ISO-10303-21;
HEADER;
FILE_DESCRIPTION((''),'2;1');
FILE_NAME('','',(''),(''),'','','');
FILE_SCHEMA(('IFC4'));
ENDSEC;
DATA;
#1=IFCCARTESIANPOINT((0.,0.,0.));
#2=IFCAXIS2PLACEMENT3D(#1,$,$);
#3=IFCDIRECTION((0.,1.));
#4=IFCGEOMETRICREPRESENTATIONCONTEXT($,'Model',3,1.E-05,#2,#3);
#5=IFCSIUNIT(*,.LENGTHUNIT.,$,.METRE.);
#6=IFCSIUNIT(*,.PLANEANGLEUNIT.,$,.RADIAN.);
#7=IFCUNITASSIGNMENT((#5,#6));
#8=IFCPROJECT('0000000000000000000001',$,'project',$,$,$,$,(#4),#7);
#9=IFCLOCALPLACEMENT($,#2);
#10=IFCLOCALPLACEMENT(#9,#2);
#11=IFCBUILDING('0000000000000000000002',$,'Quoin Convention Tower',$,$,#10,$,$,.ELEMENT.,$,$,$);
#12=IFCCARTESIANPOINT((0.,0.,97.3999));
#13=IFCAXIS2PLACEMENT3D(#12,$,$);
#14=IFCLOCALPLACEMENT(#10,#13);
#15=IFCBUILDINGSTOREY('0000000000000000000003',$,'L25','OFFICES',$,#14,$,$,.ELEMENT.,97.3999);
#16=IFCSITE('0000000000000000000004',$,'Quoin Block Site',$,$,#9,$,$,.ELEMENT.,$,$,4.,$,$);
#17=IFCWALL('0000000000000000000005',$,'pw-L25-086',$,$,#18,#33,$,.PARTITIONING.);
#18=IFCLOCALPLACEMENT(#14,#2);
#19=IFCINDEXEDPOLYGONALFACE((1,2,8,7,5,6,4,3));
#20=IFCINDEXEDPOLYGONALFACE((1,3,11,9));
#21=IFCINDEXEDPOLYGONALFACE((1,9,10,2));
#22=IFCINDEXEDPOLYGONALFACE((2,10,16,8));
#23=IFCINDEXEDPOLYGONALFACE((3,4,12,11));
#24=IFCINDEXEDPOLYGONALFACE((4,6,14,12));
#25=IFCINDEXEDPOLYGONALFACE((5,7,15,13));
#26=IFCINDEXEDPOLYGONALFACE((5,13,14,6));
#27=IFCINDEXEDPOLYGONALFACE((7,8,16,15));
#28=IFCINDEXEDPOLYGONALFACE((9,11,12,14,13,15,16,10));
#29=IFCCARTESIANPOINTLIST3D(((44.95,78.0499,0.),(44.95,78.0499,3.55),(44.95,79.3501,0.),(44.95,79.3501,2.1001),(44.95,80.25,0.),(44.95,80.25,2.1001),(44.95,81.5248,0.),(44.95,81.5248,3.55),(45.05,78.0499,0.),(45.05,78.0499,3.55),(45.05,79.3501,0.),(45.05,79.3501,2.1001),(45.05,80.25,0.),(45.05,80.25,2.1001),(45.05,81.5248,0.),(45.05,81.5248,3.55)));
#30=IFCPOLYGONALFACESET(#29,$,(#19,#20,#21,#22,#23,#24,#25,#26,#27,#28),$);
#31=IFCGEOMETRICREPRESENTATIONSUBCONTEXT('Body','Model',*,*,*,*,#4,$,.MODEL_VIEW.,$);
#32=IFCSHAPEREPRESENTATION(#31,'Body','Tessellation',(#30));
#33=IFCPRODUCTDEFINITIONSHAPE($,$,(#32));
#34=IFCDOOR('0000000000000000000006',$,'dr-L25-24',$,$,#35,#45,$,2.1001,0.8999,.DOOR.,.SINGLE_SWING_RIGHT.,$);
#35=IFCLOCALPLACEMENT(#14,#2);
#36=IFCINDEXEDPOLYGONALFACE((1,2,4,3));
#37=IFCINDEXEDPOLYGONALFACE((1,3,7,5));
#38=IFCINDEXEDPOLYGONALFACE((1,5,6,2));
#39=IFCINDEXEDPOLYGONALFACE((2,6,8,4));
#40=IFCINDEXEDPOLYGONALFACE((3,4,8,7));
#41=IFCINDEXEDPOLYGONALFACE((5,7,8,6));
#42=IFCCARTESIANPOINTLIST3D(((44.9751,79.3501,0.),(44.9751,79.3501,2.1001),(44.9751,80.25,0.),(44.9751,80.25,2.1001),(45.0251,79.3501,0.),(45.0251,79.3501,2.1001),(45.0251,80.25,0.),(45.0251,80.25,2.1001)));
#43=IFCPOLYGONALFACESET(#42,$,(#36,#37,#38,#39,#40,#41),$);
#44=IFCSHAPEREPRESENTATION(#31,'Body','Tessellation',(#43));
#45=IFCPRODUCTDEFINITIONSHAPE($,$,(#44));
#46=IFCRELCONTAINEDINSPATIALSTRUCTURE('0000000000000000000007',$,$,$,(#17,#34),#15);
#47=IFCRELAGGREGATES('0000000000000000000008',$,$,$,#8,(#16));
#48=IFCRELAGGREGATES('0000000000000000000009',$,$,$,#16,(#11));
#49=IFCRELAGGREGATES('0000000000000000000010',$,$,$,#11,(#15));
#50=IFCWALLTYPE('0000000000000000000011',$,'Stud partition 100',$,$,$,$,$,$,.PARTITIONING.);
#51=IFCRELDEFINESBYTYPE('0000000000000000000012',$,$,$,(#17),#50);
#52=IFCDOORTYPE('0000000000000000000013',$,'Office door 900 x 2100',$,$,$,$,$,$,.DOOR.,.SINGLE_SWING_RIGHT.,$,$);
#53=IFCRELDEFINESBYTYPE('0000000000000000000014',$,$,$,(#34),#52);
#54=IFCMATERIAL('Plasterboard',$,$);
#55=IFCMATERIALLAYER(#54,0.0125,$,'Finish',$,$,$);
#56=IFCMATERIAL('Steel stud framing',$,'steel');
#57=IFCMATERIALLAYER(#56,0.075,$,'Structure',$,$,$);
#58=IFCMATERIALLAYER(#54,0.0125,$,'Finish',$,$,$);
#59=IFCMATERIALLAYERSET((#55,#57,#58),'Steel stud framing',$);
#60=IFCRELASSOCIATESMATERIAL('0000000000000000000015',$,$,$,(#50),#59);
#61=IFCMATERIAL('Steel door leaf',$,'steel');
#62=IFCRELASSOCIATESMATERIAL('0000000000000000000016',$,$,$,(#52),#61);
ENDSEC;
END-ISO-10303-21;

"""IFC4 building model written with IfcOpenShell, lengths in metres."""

from ifc_helpers import new_model, si_unit, direction, frame, frame_2d, origin, place, context, subcontext, project, spatial, rectangle, extrude, material, layer, layer_set, type_object, element, fill, save


model = new_model("IFC4")

# Units and contexts
model_context = context("Model", 3, precision=1e-05, world=origin(), true_north=direction((0.0, 1.0)))
body_context = subcontext(model_context, "Body", "Model", "MODEL_VIEW")
ifc_project = project(units=[si_unit("LENGTHUNIT", "METRE"), si_unit("PLANEANGLEUNIT", "RADIAN")], contexts=[model_context])

# Site, building, storey
site_placement = place(None, origin())
site = spatial("IfcSite", under=ifc_project, at=site_placement, Name="Quoin Block Site", CompositionType="ELEMENT", RefElevation=4.0)
building_placement = place(site_placement, origin())
building = spatial("IfcBuilding", under=site, at=building_placement, Name="Quoin Convention Tower", CompositionType="ELEMENT")
storey_placement = place(building_placement, frame((0.0, 0.0, 97.3999)))
storey = spatial("IfcBuildingStorey", under=building, at=storey_placement, Name="L25", Description="OFFICES", CompositionType="ELEMENT", Elevation=97.3999)

# Shared definitions
ifc_material_1 = material(Name="Plasterboard")
ifc_material_2 = material(Name="Steel stud framing", Category="steel")
ifc_material_3 = material(Name="Steel door leaf", Category="steel")

# Shared definitions
ifc_layer_1 = layer(ifc_material_1, 0.0125, Name="Finish")
ifc_layer_2 = layer(ifc_material_2, 0.075, Name="Structure")
ifc_layer_3 = layer(ifc_material_1, 0.0125, Name="Finish")
ifc_layer_set_1 = layer_set([ifc_layer_1, ifc_layer_2, ifc_layer_3], Name="Steel stud framing")
wall_type_1 = type_object("IfcWallType", Name="Stud partition 100", PredefinedType="PARTITIONING", material=ifc_layer_set_1)
door_type_1 = type_object("IfcDoorType", Name="Office door 900 x 2100", OperationType="SINGLE_SWING_RIGHT", PredefinedType="DOOR", material=ifc_material_3)

# Wall, opening, door
wall_1_placement = place(storey_placement, frame((45.0, 78.05, 0.0), z_axis=(0.0, 0.0, 1.0), x_axis=(0.0, 1.0, 0.0)))
wall_1 = element("IfcWall", 1, at=wall_1_placement, inside=storey, type_object=wall_type_1, Name="pw-L25-086", PredefinedType="PARTITIONING", context=body_context, shape_type="SweptSolid", body=[
    extrude(rectangle(XDim=3.4749, YDim=0.1001, at=frame_2d((1.7373, 0.0))), origin(), (0.0, 0.0, 1.0), 3.55),
])
opening_1_placement = place(wall_1_placement, frame((1.3, 0.0, 0.0)))
opening_1 = element("IfcOpeningElement", 2, at=opening_1_placement, cuts=wall_1, PredefinedType="OPENING", context=body_context, shape_type="SweptSolid", body=[
    extrude(rectangle(XDim=0.8999, YDim=2.1001, at=frame_2d((0.45, 1.05))), frame((0.0, 0.0601, 0.0), z_axis=(0.0, -1.0, 0.0), x_axis=(1.0, 0.0, 0.0)), (0.0, 0.0, 1.0), 0.1201),
])
door_1_placement = place(opening_1_placement, origin())
door_1 = element("IfcDoor", 3, at=door_1_placement, inside=storey, type_object=door_type_1, Name="dr-L25-24", OperationType="SINGLE_SWING_RIGHT", OverallHeight=2.1001, OverallWidth=0.8999, PredefinedType="DOOR", context=body_context, shape_type="SweptSolid", body=[
    extrude(rectangle(XDim=0.8999, YDim=2.1001, at=frame_2d((0.45, 1.05))), frame((0.0, 0.0249, 0.0), z_axis=(0.0, -1.0, 0.0), x_axis=(1.0, 0.0, 0.0)), (0.0, 0.0, 1.0), 0.05),
])
fill(opening_1, door_1)

save(model, "model.ifc")
